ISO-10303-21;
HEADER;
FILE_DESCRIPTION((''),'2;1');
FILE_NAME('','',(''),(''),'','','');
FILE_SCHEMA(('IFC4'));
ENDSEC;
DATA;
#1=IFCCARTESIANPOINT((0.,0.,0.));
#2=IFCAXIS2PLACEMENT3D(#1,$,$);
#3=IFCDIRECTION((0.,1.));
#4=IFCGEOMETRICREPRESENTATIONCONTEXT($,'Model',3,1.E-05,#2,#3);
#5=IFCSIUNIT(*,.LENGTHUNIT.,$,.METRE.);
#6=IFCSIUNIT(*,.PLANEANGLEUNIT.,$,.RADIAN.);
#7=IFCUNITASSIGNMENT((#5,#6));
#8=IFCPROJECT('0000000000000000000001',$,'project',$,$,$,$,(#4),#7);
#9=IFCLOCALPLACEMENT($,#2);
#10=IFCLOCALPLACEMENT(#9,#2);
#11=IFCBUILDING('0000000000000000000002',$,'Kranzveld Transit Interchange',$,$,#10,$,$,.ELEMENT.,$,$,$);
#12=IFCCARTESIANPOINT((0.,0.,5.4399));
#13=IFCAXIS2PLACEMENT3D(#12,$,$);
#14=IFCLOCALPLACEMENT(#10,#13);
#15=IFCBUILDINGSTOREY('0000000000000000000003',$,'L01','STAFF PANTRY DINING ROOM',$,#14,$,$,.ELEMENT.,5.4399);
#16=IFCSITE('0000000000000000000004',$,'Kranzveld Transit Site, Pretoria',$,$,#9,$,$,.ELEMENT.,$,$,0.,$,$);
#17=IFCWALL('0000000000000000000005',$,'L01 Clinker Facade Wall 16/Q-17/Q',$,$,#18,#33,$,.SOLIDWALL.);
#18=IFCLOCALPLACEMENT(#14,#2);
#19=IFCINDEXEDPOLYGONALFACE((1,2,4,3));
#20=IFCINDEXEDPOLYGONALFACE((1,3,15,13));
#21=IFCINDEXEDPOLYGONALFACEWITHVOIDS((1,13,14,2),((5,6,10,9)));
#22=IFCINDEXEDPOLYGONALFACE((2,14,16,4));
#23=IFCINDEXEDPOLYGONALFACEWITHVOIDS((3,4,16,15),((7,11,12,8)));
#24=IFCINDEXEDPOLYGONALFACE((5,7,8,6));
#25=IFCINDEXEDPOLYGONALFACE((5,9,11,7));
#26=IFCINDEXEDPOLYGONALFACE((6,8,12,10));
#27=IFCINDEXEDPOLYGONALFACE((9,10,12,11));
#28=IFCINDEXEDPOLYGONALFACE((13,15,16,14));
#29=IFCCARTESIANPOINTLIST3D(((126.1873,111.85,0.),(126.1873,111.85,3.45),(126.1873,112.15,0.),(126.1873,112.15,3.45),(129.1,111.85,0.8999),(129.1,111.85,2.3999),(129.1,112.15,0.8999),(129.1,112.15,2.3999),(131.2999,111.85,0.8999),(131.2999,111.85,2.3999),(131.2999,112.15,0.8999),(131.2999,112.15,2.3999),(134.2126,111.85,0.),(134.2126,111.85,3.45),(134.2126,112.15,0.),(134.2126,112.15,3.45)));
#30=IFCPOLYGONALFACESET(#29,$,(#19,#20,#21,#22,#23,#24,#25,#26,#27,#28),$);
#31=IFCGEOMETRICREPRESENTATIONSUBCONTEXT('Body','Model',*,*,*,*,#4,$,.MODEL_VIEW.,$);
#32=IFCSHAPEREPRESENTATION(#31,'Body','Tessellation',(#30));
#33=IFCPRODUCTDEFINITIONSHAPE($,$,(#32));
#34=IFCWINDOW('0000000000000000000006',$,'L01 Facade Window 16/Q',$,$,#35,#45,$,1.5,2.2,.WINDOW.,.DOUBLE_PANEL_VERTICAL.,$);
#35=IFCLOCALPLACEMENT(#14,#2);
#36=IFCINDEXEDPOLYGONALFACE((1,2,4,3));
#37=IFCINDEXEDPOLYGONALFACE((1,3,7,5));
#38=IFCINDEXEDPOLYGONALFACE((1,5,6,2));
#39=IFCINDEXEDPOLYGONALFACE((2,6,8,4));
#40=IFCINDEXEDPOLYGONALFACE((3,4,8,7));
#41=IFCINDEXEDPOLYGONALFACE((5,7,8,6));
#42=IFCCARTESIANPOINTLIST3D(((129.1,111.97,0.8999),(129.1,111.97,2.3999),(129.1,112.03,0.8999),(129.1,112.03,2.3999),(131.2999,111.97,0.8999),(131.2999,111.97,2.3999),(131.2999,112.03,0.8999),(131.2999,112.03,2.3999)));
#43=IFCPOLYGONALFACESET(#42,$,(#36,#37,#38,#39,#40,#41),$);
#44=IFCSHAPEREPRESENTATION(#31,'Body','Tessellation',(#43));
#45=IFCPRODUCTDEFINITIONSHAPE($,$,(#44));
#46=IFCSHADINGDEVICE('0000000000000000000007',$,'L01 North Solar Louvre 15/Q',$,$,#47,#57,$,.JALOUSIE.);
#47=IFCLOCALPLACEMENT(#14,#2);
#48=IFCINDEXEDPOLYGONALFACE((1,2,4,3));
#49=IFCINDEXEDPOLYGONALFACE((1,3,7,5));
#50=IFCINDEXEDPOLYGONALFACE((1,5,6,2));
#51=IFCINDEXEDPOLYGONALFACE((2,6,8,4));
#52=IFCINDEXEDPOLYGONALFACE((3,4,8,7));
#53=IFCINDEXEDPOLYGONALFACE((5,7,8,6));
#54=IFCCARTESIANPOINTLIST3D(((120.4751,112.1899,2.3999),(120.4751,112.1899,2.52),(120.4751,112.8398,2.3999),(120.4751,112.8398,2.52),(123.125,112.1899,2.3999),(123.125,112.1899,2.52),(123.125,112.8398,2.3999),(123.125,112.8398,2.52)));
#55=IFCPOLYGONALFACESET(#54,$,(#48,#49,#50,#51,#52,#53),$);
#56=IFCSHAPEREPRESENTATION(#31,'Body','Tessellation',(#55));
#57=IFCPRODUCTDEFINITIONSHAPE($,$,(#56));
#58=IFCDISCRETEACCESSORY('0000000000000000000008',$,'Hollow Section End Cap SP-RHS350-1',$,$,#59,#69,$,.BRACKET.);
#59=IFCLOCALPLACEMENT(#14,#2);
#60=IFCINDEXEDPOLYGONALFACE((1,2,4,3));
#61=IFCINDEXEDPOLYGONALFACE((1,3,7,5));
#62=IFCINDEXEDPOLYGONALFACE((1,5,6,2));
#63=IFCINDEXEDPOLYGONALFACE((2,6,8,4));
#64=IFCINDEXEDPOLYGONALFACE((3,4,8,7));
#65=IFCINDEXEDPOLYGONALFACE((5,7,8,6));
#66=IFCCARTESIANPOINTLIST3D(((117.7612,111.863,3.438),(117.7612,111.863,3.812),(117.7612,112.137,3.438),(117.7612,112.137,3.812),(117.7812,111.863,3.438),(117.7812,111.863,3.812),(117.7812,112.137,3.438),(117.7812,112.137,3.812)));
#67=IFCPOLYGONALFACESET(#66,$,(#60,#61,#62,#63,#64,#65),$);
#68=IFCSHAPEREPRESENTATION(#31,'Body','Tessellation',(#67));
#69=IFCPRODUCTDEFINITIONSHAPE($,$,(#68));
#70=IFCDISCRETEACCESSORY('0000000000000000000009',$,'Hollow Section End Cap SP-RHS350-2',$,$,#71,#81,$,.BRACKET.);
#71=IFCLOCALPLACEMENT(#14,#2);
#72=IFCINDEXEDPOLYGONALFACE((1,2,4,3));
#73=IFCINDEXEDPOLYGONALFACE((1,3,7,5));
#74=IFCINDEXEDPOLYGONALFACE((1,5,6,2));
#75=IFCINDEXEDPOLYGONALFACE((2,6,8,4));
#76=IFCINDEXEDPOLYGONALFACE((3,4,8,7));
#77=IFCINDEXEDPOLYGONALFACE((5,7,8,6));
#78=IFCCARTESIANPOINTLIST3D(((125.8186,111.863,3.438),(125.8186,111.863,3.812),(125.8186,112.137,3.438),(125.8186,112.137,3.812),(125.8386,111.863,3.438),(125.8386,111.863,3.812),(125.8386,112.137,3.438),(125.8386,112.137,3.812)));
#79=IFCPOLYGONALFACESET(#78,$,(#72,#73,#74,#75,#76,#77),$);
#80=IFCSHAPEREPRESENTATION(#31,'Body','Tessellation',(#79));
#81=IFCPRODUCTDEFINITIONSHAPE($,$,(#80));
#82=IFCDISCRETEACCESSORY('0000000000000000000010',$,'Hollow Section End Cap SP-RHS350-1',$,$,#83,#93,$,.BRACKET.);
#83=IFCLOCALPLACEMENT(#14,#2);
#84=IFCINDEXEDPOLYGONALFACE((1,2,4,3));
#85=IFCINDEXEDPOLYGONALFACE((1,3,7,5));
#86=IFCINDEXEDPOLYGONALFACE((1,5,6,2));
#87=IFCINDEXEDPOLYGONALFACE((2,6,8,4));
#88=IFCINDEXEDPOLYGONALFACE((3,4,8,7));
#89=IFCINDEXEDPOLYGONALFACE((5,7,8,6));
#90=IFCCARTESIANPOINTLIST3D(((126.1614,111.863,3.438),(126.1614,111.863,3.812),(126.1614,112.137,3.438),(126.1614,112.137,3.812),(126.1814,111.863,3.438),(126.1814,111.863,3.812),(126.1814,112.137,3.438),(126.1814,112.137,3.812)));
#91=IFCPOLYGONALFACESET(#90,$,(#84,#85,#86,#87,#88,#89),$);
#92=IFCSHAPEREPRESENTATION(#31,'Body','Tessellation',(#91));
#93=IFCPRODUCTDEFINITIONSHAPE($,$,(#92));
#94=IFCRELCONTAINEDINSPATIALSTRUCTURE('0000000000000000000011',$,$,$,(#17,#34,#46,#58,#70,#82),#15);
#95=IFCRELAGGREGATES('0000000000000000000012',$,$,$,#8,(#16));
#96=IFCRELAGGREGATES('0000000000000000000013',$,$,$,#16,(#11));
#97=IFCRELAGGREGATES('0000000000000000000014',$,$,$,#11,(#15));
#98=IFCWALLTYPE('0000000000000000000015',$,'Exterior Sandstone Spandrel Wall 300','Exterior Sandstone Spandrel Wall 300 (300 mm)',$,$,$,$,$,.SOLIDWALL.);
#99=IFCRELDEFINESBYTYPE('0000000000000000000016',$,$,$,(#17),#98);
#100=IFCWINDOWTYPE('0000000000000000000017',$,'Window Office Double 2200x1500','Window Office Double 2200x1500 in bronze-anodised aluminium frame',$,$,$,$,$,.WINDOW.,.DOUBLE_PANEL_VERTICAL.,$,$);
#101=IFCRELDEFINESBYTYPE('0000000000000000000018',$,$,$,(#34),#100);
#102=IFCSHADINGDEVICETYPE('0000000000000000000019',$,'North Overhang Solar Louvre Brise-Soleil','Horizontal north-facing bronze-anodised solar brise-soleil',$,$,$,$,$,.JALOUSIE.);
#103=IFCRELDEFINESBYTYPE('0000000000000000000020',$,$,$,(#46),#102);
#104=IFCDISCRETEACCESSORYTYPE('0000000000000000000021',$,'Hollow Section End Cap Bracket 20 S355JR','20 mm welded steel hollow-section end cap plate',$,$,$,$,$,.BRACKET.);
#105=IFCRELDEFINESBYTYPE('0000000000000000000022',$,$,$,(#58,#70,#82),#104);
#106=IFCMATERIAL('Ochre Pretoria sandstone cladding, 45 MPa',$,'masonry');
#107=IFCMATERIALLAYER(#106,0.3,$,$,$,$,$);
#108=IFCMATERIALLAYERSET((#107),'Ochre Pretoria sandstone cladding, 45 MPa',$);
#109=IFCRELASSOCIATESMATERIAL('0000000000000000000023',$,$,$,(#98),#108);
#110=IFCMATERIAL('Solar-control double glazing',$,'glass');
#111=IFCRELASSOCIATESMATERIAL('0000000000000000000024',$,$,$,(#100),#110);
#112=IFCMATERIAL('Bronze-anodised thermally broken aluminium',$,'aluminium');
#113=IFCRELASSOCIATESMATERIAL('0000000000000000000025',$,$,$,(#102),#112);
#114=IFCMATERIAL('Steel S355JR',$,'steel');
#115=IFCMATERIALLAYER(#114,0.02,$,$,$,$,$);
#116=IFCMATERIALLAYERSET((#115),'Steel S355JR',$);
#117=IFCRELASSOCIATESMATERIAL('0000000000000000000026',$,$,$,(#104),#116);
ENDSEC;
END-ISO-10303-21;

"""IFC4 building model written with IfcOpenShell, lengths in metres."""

from ifc_helpers import new_model, si_unit, direction, frame, frame_2d, origin, origin_2d, place, context, subcontext, project, spatial, rectangle, extrude, material, layer, layer_set, type_object, element, fill, save


model = new_model("IFC4")

# Units and contexts
model_context = context("Model", 3, precision=1e-05, world=origin(), true_north=direction((0.0, 1.0)))
body_context = subcontext(model_context, "Body", "Model", "MODEL_VIEW")
ifc_project = project(units=[si_unit("LENGTHUNIT", "METRE"), si_unit("PLANEANGLEUNIT", "RADIAN")], contexts=[model_context])

# Site, building, storey
site_placement = place(None, origin())
site = spatial("IfcSite", under=ifc_project, at=site_placement, Name="Kranzveld Transit Site, Pretoria", CompositionType="ELEMENT", RefElevation=0.0)
building_placement = place(site_placement, origin())
building = spatial("IfcBuilding", under=site, at=building_placement, Name="Kranzveld Transit Interchange", CompositionType="ELEMENT")
storey_placement = place(building_placement, frame((0.0, 0.0, 5.4399)))
storey = spatial("IfcBuildingStorey", under=building, at=storey_placement, Name="L01", Description="STAFF PANTRY DINING ROOM", CompositionType="ELEMENT", Elevation=5.4399)

# Wall, opening, window
ifc_material_1 = material(Name="Ochre Pretoria sandstone cladding, 45 MPa", Category="masonry")
ifc_layer_1 = layer(ifc_material_1, 0.3)
ifc_layer_set_1 = layer_set([ifc_layer_1], Name="Ochre Pretoria sandstone cladding, 45 MPa")
wall_type_1 = type_object("IfcWallType", Name="Exterior Sandstone Spandrel Wall 300", Description="Exterior Sandstone Spandrel Wall 300 (300 mm)", PredefinedType="SOLIDWALL", material=ifc_layer_set_1)
wall_1_placement = place(storey_placement, frame((126.1873, 112.0, 0.0), z_axis=(0.0, 0.0, 1.0), x_axis=(1.0, 0.0, 0.0)))
wall_1 = element("IfcWall", 1, at=wall_1_placement, inside=storey, type_object=wall_type_1, Name="L01 Clinker Facade Wall 16/Q-17/Q", PredefinedType="SOLIDWALL", context=body_context, shape_type="SweptSolid", body=[
    extrude(rectangle(XDim=8.0254, YDim=0.3, at=frame_2d((4.0127, 0.0))), origin(), (0.0, 0.0, 1.0), 3.45),
])
opening_1_placement = place(wall_1_placement, frame((2.9126, 0.0, 0.8999), z_axis=(0.0, 0.0, 1.0), x_axis=(1.0, 0.0, 0.0)))
opening_1 = element("IfcOpeningElement", 2, at=opening_1_placement, cuts=wall_1, PredefinedType="OPENING", context=body_context, shape_type="SweptSolid", body=[
    extrude(rectangle(XDim=2.2, YDim=1.5, at=frame_2d((1.1001, 0.75))), frame((0.0, 0.1599, 0.0), z_axis=(0.0, -1.0, 0.0), x_axis=(1.0, 0.0, 0.0)), (0.0, 0.0, 1.0), 0.3201),
])
ifc_material_2 = material(Name="Solar-control double glazing", Category="glass")
window_type_1 = type_object("IfcWindowType", Name="Window Office Double 2200x1500", Description="Window Office Double 2200x1500 in bronze-anodised aluminium frame", PartitioningType="DOUBLE_PANEL_VERTICAL", PredefinedType="WINDOW", material=ifc_material_2)
window_1_placement = place(opening_1_placement, origin())
window_1 = element("IfcWindow", 3, at=window_1_placement, inside=storey, type_object=window_type_1, Name="L01 Facade Window 16/Q", OverallHeight=1.5, OverallWidth=2.2, PartitioningType="DOUBLE_PANEL_VERTICAL", PredefinedType="WINDOW", context=body_context, shape_type="SweptSolid", body=[
    extrude(rectangle(XDim=2.2, YDim=1.5, at=frame_2d((1.1001, 0.75))), frame((0.0, 0.03, 0.0), z_axis=(0.0, -1.0, 0.0), x_axis=(1.0, 0.0, 0.0)), (0.0, 0.0, 1.0), 0.0601),
])
fill(opening_1, window_1)

# Shading device
ifc_material_3 = material(Name="Bronze-anodised thermally broken aluminium", Category="aluminium")
shading_device_type = type_object("IfcShadingDeviceType", Name="North Overhang Solar Louvre Brise-Soleil", Description="Horizontal north-facing bronze-anodised solar brise-soleil", PredefinedType="JALOUSIE", material=ifc_material_3)
shading_device_placement = place(storey_placement, frame((121.8, 112.5149, 2.3999), z_axis=(0.0, 0.0, 1.0), x_axis=(1.0, 0.0, 0.0)))
element("IfcShadingDevice", 4, at=shading_device_placement, inside=storey, type_object=shading_device_type, Name="L01 North Solar Louvre 15/Q", PredefinedType="JALOUSIE", context=body_context, shape_type="SweptSolid", body=[
    extrude(rectangle(XDim=2.6499, YDim=0.6499, at=origin_2d()), origin(), (0.0, 0.0, 1.0), 0.1201),
])

# Discrete accessories
ifc_material_4 = material(Name="Steel S355JR", Category="steel")
ifc_layer_2 = layer(ifc_material_4, 0.02)
ifc_layer_set_2 = layer_set([ifc_layer_2], Name="Steel S355JR")
discrete_accessory_type = type_object("IfcDiscreteAccessoryType", Name="Hollow Section End Cap Bracket 20 S355JR", Description="20 mm welded steel hollow-section end cap plate", PredefinedType="BRACKET", material=ifc_layer_set_2)
for number, where, z_axis, x_axis, name in (
    (5, (117.7812, 112.0, 3.625), (-1.0, 0.0, 0.0), (0.0, -1.0, 0.0), "Hollow Section End Cap SP-RHS350-1"),
    (6, (125.8186, 112.0, 3.625), (1.0, 0.0, 0.0), (0.0, 1.0, 0.0), "Hollow Section End Cap SP-RHS350-2"),
    (7, (126.1814, 112.0, 3.625), (-1.0, 0.0, 0.0), (0.0, -1.0, 0.0), "Hollow Section End Cap SP-RHS350-1"),
):
    element("IfcDiscreteAccessory", number, at=place(storey_placement, frame(where, z_axis=z_axis, x_axis=x_axis)), inside=storey, type_object=discrete_accessory_type, Name=name, PredefinedType="BRACKET", context=body_context, shape_type="SweptSolid", body=[
        extrude(rectangle(XDim=0.2739, YDim=0.374, at=origin_2d()), origin(), (0.0, 0.0, 1.0), 0.02),
    ])

save(model, "model.ifc")
